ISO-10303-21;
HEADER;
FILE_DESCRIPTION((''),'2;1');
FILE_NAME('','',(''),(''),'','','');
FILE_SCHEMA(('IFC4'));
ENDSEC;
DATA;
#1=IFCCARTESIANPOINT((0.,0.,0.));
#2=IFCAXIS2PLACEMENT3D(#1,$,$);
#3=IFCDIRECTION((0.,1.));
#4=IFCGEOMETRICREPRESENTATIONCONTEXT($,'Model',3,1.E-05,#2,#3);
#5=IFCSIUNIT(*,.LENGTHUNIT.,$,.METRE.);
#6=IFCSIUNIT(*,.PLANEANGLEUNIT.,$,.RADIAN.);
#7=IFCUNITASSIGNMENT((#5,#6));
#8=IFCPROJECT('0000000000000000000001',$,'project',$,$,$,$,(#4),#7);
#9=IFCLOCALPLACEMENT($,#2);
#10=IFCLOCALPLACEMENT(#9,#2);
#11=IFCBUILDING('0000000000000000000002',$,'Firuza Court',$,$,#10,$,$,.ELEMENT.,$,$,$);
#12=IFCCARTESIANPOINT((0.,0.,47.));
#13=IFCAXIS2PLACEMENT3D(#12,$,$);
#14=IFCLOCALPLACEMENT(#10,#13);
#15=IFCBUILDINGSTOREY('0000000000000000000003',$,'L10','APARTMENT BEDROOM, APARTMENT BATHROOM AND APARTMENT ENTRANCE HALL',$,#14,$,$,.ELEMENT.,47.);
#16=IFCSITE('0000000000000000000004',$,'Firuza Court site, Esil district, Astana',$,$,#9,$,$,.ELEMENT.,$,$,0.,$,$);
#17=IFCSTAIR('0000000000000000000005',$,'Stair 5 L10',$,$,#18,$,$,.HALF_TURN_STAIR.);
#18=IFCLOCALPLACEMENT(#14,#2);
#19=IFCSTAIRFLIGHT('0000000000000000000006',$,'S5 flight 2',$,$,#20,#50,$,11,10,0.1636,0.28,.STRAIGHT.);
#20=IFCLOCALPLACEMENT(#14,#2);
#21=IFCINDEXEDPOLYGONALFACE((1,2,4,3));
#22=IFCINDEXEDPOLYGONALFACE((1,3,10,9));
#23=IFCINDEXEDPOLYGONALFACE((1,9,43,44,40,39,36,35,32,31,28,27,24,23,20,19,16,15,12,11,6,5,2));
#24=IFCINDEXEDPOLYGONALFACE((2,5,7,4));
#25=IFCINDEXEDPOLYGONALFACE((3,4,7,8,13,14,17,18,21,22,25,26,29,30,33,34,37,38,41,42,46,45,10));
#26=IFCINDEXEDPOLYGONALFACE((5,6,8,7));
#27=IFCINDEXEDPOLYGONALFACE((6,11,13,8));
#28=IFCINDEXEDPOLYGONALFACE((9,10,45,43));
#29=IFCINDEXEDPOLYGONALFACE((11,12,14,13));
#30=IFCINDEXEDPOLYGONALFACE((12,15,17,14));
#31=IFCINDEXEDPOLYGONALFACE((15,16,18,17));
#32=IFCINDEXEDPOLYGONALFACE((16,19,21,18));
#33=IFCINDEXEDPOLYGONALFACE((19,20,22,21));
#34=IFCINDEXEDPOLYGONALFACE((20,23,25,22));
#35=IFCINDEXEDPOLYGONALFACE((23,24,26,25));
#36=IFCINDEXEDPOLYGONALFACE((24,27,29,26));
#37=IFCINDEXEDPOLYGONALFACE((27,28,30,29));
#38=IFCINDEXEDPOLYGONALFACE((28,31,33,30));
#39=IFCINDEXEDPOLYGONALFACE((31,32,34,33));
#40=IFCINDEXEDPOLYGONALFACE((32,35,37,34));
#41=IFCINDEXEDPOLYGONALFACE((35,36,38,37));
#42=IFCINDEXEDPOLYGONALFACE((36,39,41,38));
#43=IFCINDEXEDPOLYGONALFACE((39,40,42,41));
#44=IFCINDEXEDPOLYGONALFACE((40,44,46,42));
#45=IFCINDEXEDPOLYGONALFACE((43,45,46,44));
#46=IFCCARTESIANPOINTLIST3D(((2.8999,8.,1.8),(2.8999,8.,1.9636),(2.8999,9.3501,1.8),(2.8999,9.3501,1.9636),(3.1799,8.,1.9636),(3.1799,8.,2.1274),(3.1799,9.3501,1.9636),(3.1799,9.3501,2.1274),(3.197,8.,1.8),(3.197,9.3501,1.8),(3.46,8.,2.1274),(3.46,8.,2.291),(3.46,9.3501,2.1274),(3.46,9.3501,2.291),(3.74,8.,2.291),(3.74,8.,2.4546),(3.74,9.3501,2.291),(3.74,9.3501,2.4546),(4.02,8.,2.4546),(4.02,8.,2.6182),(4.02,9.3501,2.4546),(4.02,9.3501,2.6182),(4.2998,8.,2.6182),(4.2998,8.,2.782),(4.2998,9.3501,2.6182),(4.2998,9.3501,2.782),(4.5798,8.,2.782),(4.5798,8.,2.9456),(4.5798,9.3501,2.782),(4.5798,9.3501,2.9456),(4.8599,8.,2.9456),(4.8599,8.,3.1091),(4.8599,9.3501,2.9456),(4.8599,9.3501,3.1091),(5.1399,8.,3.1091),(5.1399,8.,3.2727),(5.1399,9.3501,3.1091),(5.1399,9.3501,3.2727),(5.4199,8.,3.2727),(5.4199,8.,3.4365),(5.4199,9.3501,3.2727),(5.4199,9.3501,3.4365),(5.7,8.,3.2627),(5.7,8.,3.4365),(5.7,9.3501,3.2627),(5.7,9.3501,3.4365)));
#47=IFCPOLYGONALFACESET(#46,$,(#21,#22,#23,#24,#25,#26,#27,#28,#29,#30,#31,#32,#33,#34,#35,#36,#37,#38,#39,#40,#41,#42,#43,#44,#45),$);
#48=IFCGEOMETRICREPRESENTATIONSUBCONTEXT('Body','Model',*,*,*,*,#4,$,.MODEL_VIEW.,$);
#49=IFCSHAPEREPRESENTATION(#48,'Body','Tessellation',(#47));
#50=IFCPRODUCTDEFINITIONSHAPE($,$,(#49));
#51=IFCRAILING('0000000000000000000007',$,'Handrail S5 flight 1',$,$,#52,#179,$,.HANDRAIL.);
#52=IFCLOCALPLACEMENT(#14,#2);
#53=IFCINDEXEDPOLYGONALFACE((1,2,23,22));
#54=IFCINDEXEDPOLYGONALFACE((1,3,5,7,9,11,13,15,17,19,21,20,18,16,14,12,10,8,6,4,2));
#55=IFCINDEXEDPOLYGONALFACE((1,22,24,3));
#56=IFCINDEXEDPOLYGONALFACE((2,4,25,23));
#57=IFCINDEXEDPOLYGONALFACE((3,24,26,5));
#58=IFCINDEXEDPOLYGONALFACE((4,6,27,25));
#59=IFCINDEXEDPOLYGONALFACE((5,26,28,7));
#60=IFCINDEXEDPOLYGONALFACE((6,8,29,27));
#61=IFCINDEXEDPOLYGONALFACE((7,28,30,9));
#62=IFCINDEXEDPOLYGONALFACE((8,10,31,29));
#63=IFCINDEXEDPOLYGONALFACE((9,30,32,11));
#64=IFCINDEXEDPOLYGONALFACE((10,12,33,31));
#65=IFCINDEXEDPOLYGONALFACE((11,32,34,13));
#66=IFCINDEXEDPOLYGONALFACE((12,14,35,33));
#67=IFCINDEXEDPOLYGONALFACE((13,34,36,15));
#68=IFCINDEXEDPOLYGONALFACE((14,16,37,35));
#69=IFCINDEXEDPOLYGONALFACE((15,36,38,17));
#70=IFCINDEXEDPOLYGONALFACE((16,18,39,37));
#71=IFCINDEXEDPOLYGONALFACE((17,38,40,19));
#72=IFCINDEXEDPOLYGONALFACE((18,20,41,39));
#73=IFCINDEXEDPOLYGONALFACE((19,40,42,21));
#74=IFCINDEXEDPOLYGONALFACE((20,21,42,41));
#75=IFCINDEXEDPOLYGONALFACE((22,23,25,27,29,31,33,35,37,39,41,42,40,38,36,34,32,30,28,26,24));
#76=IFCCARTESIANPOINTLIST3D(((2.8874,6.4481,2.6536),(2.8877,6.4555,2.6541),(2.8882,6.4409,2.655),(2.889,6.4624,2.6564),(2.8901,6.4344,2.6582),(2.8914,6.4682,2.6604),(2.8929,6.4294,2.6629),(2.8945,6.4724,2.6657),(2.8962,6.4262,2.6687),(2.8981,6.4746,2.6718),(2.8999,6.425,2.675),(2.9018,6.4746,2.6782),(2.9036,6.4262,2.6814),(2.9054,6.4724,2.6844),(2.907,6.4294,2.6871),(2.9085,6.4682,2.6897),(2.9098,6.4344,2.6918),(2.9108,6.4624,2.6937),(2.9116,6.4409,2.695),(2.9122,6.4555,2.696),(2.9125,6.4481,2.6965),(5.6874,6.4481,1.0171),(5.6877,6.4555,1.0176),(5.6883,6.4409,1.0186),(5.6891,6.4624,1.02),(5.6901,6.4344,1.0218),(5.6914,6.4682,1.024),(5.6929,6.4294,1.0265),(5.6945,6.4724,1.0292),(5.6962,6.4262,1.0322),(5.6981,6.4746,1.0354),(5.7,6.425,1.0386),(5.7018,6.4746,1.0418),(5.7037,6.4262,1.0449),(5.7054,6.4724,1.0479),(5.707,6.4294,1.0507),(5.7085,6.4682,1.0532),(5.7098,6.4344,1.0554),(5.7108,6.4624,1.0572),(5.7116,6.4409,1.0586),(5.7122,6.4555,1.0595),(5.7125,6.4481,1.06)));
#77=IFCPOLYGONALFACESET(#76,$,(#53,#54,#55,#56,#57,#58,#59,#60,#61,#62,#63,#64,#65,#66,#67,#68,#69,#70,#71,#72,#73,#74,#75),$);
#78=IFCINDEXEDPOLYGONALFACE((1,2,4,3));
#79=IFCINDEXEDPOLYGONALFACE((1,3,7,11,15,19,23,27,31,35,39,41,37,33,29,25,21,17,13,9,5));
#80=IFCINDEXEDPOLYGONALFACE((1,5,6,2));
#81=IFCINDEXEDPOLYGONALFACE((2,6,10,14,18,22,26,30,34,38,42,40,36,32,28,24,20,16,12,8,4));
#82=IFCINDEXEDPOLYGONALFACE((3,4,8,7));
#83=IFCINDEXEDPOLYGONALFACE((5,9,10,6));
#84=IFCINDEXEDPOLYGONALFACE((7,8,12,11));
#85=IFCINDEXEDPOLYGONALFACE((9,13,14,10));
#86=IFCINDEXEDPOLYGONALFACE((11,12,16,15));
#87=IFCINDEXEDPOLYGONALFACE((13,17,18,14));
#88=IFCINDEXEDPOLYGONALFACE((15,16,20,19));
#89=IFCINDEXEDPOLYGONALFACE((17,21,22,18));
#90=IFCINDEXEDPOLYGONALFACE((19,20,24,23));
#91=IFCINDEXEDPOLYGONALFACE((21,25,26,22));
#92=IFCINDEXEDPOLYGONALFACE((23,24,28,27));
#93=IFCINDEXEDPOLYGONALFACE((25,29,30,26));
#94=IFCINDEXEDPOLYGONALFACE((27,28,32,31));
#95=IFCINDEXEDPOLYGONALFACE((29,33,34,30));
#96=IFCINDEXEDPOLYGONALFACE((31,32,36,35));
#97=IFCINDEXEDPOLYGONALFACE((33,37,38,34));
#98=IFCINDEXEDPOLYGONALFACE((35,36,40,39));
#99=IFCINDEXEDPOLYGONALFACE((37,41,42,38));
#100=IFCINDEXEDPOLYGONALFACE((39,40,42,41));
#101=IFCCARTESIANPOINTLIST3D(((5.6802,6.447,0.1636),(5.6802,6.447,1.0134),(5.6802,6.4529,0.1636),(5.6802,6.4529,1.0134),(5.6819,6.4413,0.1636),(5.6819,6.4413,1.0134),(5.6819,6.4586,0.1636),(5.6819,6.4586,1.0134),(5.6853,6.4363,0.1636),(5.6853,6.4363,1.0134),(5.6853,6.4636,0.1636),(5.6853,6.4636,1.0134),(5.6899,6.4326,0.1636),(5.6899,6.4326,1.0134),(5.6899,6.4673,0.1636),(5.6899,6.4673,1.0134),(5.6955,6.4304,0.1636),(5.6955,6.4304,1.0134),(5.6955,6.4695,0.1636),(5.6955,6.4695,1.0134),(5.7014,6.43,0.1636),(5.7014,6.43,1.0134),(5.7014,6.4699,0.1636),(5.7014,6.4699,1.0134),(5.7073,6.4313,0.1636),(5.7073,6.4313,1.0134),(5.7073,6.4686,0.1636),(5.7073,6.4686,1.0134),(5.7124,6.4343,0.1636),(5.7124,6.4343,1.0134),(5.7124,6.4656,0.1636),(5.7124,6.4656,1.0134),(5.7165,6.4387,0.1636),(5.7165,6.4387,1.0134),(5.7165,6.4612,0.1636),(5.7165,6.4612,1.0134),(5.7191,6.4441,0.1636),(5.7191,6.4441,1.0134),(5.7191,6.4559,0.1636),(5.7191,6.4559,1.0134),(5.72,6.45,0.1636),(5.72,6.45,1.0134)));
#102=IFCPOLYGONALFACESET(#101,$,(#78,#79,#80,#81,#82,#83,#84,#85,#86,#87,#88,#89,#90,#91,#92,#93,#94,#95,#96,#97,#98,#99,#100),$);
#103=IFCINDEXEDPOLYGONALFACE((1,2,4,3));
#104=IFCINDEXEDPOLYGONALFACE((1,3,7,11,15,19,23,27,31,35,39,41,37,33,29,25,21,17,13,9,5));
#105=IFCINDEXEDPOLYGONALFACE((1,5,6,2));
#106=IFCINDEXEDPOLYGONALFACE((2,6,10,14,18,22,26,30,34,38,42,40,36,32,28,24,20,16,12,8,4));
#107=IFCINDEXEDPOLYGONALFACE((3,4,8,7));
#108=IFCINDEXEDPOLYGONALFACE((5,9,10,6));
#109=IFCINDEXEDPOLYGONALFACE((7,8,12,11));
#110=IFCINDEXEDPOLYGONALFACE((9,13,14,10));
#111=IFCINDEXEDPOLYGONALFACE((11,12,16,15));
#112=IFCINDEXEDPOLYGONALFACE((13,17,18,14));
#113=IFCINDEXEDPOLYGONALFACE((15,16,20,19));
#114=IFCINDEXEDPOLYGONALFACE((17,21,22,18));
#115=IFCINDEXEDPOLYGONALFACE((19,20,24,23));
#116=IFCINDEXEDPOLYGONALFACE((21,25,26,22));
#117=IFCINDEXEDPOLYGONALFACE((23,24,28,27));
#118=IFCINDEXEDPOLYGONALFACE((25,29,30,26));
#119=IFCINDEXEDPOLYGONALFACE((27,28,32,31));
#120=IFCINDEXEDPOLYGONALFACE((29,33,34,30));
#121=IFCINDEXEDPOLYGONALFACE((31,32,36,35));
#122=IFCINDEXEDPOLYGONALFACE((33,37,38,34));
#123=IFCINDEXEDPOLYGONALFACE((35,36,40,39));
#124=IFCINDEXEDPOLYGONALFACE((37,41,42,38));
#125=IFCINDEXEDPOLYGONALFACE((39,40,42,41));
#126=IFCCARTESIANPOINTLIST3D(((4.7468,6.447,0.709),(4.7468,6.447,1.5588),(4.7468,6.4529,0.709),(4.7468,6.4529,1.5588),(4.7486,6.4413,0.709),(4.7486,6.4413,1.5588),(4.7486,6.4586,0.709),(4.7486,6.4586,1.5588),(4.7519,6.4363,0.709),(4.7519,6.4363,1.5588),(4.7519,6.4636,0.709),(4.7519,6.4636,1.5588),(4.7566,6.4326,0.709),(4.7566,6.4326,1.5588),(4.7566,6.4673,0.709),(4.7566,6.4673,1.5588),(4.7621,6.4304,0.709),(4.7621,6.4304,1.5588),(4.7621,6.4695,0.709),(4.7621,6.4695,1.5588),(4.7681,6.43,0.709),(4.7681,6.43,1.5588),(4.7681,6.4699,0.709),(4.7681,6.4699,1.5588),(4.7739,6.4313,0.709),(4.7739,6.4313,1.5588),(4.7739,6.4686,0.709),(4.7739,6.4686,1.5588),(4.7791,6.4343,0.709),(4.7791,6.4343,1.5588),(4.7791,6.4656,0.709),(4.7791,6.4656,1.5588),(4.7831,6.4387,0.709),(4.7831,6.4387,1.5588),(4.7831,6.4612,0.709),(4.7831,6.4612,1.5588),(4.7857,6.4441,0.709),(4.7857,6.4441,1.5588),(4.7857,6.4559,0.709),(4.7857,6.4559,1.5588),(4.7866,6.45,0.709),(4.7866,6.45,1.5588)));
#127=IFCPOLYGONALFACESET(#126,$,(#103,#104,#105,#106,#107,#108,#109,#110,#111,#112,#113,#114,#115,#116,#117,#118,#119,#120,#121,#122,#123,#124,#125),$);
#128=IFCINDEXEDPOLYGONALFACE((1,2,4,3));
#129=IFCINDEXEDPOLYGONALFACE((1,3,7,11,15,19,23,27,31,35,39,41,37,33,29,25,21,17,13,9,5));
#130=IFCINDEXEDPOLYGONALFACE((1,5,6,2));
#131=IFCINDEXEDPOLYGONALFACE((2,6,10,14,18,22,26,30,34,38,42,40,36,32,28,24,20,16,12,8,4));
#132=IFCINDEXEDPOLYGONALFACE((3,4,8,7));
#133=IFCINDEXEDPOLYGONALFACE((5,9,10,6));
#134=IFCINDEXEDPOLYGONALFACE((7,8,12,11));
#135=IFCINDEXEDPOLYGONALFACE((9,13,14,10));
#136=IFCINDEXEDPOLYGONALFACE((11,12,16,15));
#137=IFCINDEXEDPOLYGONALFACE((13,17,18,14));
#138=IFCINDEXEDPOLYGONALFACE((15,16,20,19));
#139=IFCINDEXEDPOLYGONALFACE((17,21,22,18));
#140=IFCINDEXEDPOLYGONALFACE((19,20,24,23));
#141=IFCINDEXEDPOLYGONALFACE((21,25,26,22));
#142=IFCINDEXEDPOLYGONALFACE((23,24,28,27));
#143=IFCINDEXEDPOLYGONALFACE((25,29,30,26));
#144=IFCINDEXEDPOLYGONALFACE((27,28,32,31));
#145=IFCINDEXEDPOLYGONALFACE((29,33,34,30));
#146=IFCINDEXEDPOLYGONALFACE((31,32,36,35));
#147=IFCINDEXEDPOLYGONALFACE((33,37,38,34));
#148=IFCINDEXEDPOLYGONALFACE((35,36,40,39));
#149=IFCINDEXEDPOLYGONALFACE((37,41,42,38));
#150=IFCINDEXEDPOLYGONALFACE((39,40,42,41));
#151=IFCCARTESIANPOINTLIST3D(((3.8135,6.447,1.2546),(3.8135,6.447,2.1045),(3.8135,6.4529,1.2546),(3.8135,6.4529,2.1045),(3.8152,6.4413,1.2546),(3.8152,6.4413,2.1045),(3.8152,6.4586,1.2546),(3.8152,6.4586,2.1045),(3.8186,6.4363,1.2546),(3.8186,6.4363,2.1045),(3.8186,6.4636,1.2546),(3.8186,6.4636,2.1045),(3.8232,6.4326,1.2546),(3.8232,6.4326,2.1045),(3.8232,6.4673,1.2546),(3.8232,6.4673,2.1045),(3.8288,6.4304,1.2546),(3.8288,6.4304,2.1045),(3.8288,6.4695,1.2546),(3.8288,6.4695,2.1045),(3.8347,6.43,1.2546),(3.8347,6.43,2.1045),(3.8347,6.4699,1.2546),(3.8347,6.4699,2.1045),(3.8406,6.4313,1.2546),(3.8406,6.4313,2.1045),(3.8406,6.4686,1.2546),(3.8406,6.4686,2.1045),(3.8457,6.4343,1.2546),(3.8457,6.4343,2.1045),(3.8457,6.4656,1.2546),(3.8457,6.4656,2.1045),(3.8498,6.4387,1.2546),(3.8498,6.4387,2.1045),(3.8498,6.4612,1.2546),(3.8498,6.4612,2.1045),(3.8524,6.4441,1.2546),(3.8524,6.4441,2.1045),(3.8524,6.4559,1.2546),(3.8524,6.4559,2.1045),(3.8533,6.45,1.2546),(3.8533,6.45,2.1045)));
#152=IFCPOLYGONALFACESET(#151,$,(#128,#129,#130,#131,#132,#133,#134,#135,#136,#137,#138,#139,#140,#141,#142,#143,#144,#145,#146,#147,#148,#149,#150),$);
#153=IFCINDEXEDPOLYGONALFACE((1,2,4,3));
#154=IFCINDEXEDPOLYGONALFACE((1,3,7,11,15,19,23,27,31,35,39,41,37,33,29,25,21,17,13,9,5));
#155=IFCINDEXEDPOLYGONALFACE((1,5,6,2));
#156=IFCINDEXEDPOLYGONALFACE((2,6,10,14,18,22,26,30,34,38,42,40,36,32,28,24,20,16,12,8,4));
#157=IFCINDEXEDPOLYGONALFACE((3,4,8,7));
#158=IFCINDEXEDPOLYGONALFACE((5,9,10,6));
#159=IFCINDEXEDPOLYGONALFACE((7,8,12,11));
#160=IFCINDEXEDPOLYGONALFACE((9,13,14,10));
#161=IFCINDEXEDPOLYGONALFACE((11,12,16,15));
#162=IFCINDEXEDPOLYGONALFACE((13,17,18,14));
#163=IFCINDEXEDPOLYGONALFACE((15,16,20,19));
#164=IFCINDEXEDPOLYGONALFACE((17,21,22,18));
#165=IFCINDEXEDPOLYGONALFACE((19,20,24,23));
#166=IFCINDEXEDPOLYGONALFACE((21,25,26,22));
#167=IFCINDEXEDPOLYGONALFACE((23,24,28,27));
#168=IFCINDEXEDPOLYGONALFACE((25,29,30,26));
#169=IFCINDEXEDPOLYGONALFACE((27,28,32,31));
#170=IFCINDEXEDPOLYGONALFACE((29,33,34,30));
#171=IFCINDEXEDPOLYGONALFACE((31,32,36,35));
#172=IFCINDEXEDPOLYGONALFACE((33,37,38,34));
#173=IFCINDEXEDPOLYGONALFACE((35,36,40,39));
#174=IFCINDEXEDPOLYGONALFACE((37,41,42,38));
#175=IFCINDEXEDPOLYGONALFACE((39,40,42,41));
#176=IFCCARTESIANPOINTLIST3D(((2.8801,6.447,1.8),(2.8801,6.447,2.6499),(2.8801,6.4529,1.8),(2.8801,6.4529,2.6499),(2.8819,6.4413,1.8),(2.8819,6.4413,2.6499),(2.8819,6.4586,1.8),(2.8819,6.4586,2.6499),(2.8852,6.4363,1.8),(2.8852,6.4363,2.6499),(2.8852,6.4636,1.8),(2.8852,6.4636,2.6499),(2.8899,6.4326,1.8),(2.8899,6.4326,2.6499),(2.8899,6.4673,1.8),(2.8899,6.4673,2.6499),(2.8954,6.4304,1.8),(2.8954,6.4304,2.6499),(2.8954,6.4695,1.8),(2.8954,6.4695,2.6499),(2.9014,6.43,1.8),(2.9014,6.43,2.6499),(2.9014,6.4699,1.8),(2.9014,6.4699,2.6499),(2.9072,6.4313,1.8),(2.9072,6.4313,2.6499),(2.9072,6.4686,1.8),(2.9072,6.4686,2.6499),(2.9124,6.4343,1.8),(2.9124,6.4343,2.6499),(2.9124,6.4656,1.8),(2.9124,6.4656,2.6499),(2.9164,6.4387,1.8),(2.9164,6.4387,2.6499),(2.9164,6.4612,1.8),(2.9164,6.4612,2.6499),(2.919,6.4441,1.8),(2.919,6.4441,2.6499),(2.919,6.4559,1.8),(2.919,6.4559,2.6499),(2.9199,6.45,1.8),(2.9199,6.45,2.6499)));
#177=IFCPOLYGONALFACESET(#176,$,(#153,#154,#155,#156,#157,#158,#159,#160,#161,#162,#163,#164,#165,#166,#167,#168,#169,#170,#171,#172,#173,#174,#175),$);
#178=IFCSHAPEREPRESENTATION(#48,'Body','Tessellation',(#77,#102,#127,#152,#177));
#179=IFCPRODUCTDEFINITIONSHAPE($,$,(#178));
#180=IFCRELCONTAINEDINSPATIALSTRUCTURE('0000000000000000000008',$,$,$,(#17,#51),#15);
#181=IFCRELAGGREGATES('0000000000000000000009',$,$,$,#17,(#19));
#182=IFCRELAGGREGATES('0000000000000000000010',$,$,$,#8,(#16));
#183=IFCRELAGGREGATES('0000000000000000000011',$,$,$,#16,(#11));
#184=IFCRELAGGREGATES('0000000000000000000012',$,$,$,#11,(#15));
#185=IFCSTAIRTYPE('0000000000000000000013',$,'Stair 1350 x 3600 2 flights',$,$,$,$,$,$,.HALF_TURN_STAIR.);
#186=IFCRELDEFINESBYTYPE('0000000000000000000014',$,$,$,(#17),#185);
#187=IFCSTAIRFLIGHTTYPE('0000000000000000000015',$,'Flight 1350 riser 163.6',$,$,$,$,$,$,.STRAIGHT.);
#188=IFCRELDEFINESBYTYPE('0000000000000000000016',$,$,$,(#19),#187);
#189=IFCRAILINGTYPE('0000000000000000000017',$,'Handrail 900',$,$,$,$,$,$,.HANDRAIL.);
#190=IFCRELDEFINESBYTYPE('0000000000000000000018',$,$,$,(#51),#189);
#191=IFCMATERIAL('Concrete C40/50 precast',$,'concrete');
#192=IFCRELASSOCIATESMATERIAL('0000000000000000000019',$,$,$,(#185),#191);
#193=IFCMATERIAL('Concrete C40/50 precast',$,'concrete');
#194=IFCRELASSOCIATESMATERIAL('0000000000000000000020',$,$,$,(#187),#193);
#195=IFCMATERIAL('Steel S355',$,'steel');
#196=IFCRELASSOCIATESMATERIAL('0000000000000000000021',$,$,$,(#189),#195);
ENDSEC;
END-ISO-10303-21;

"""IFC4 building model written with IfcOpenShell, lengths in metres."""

from ifc_helpers import new_model, si_unit, direction, frame, origin, origin_2d, place, context, subcontext, project, spatial, polyline, circle, outline, extrude, material, type_object, element, aggregate, save


model = new_model("IFC4")

# Units and contexts
model_context = context("Model", 3, precision=1e-05, world=origin(), true_north=direction((0.0, 1.0)))
body_context = subcontext(model_context, "Body", "Model", "MODEL_VIEW")
ifc_project = project(units=[si_unit("LENGTHUNIT", "METRE"), si_unit("PLANEANGLEUNIT", "RADIAN")], contexts=[model_context])

# Site, building, storey
site_placement = place(None, origin())
site = spatial("IfcSite", under=ifc_project, at=site_placement, Name="Firuza Court site, Esil district, Astana", CompositionType="ELEMENT", RefElevation=0.0)
building_placement = place(site_placement, origin())
building = spatial("IfcBuilding", under=site, at=building_placement, Name="Firuza Court", CompositionType="ELEMENT")
storey_placement = place(building_placement, frame((0.0, 0.0, 47.0)))
storey = spatial("IfcBuildingStorey", under=building, at=storey_placement, Name="L10", Description="APARTMENT BEDROOM, APARTMENT BATHROOM AND APARTMENT ENTRANCE HALL", CompositionType="ELEMENT", Elevation=47.0)

# Stair, stair flight
ifc_material_1 = material(Name="Concrete C40/50 precast", Category="concrete")
stair_type = type_object("IfcStairType", Name="Stair 1350 x 3600 2 flights", PredefinedType="HALF_TURN_STAIR", material=ifc_material_1)
stair_placement = place(storey_placement, origin())
stair = element("IfcStair", 1, at=stair_placement, inside=storey, type_object=stair_type, Name="Stair 5 L10", PredefinedType="HALF_TURN_STAIR")
ifc_material_2 = material(Name="Concrete C40/50 precast", Category="concrete")
stair_flight_type = type_object("IfcStairFlightType", Name="Flight 1350 riser 163.6", PredefinedType="STRAIGHT", material=ifc_material_2)
stair_flight_1_placement = place(storey_placement, frame((2.8999, 8.675, 1.8), z_axis=(0.0, 0.0, 1.0), x_axis=(1.0, 0.0, 0.0)))
stair_flight_1 = element("IfcStairFlight", 2, at=stair_flight_1_placement, type_object=stair_flight_type, Name="S5 flight 2", NumberOfRisers=11, NumberOfTreads=10, PredefinedType="STRAIGHT", RiserHeight=0.1636, TreadLength=0.28, context=body_context, shape_type="SweptSolid", body=[
    extrude(outline(polyline([(0.0, 0.0), (0.0, 0.1636), (0.28, 0.1636), (0.28, 0.3274), (0.5601, 0.3274), (0.5601, 0.491), (0.8401, 0.491), (0.8401, 0.6545), (1.1201, 0.6545), (1.1201, 0.8181), (1.3999, 0.8181), (1.3999, 0.9819), (1.6799, 0.9819), (1.6799, 1.1455), (1.96, 1.1455), (1.96, 1.3091), (2.24, 1.3091), (2.24, 1.4727), (2.52, 1.4727), (2.52, 1.6365), (2.8, 1.6365), (2.8, 1.8), (2.8, 1.4626), (0.2971, 0.0), (0.0, 0.0)])), frame((0.0, 0.675, 0.0), z_axis=(0.0, -1.0, 0.0), x_axis=(1.0, 0.0, 0.0)), (0.0, 0.0, 1.0), 1.3501),
])
aggregate(stair, [stair_flight_1])

# Railing
ifc_material_3 = material(Name="Steel S355", Category="steel")
railing_type_1 = type_object("IfcRailingType", Name="Handrail 900", PredefinedType="HANDRAIL", material=ifc_material_3)
railing_1_placement = place(storey_placement, frame((5.7, 6.45, 0.1636)))
element("IfcRailing", 3, at=railing_1_placement, inside=storey, type_object=railing_type_1, Name="Handrail S5 flight 1", PredefinedType="HANDRAIL", context=body_context, shape_type="SweptSolid", body=[
    extrude(circle(Radius=0.0249, at=origin_2d()), frame((0.0, 0.0, 0.875), z_axis=(-0.863361, 0.0, 0.504587), x_axis=(0.0, -1.0, 0.0)), (0.0, 0.0, 1.0), 3.2432),
    extrude(circle(Radius=0.02, at=origin_2d()), origin(), (0.0, 0.0, 1.0), 0.8499),
    extrude(circle(Radius=0.02, at=origin_2d()), frame((-0.9333, 0.0, 0.5454)), (0.0, 0.0, 1.0), 0.8499),
    extrude(circle(Radius=0.02, at=origin_2d()), frame((-1.8667, 0.0, 1.0911)), (0.0, 0.0, 1.0), 0.8499),
    extrude(circle(Radius=0.02, at=origin_2d()), frame((-2.8, 0.0, 1.6365)), (0.0, 0.0, 1.0), 0.8499),
])

save(model, "model.ifc")
